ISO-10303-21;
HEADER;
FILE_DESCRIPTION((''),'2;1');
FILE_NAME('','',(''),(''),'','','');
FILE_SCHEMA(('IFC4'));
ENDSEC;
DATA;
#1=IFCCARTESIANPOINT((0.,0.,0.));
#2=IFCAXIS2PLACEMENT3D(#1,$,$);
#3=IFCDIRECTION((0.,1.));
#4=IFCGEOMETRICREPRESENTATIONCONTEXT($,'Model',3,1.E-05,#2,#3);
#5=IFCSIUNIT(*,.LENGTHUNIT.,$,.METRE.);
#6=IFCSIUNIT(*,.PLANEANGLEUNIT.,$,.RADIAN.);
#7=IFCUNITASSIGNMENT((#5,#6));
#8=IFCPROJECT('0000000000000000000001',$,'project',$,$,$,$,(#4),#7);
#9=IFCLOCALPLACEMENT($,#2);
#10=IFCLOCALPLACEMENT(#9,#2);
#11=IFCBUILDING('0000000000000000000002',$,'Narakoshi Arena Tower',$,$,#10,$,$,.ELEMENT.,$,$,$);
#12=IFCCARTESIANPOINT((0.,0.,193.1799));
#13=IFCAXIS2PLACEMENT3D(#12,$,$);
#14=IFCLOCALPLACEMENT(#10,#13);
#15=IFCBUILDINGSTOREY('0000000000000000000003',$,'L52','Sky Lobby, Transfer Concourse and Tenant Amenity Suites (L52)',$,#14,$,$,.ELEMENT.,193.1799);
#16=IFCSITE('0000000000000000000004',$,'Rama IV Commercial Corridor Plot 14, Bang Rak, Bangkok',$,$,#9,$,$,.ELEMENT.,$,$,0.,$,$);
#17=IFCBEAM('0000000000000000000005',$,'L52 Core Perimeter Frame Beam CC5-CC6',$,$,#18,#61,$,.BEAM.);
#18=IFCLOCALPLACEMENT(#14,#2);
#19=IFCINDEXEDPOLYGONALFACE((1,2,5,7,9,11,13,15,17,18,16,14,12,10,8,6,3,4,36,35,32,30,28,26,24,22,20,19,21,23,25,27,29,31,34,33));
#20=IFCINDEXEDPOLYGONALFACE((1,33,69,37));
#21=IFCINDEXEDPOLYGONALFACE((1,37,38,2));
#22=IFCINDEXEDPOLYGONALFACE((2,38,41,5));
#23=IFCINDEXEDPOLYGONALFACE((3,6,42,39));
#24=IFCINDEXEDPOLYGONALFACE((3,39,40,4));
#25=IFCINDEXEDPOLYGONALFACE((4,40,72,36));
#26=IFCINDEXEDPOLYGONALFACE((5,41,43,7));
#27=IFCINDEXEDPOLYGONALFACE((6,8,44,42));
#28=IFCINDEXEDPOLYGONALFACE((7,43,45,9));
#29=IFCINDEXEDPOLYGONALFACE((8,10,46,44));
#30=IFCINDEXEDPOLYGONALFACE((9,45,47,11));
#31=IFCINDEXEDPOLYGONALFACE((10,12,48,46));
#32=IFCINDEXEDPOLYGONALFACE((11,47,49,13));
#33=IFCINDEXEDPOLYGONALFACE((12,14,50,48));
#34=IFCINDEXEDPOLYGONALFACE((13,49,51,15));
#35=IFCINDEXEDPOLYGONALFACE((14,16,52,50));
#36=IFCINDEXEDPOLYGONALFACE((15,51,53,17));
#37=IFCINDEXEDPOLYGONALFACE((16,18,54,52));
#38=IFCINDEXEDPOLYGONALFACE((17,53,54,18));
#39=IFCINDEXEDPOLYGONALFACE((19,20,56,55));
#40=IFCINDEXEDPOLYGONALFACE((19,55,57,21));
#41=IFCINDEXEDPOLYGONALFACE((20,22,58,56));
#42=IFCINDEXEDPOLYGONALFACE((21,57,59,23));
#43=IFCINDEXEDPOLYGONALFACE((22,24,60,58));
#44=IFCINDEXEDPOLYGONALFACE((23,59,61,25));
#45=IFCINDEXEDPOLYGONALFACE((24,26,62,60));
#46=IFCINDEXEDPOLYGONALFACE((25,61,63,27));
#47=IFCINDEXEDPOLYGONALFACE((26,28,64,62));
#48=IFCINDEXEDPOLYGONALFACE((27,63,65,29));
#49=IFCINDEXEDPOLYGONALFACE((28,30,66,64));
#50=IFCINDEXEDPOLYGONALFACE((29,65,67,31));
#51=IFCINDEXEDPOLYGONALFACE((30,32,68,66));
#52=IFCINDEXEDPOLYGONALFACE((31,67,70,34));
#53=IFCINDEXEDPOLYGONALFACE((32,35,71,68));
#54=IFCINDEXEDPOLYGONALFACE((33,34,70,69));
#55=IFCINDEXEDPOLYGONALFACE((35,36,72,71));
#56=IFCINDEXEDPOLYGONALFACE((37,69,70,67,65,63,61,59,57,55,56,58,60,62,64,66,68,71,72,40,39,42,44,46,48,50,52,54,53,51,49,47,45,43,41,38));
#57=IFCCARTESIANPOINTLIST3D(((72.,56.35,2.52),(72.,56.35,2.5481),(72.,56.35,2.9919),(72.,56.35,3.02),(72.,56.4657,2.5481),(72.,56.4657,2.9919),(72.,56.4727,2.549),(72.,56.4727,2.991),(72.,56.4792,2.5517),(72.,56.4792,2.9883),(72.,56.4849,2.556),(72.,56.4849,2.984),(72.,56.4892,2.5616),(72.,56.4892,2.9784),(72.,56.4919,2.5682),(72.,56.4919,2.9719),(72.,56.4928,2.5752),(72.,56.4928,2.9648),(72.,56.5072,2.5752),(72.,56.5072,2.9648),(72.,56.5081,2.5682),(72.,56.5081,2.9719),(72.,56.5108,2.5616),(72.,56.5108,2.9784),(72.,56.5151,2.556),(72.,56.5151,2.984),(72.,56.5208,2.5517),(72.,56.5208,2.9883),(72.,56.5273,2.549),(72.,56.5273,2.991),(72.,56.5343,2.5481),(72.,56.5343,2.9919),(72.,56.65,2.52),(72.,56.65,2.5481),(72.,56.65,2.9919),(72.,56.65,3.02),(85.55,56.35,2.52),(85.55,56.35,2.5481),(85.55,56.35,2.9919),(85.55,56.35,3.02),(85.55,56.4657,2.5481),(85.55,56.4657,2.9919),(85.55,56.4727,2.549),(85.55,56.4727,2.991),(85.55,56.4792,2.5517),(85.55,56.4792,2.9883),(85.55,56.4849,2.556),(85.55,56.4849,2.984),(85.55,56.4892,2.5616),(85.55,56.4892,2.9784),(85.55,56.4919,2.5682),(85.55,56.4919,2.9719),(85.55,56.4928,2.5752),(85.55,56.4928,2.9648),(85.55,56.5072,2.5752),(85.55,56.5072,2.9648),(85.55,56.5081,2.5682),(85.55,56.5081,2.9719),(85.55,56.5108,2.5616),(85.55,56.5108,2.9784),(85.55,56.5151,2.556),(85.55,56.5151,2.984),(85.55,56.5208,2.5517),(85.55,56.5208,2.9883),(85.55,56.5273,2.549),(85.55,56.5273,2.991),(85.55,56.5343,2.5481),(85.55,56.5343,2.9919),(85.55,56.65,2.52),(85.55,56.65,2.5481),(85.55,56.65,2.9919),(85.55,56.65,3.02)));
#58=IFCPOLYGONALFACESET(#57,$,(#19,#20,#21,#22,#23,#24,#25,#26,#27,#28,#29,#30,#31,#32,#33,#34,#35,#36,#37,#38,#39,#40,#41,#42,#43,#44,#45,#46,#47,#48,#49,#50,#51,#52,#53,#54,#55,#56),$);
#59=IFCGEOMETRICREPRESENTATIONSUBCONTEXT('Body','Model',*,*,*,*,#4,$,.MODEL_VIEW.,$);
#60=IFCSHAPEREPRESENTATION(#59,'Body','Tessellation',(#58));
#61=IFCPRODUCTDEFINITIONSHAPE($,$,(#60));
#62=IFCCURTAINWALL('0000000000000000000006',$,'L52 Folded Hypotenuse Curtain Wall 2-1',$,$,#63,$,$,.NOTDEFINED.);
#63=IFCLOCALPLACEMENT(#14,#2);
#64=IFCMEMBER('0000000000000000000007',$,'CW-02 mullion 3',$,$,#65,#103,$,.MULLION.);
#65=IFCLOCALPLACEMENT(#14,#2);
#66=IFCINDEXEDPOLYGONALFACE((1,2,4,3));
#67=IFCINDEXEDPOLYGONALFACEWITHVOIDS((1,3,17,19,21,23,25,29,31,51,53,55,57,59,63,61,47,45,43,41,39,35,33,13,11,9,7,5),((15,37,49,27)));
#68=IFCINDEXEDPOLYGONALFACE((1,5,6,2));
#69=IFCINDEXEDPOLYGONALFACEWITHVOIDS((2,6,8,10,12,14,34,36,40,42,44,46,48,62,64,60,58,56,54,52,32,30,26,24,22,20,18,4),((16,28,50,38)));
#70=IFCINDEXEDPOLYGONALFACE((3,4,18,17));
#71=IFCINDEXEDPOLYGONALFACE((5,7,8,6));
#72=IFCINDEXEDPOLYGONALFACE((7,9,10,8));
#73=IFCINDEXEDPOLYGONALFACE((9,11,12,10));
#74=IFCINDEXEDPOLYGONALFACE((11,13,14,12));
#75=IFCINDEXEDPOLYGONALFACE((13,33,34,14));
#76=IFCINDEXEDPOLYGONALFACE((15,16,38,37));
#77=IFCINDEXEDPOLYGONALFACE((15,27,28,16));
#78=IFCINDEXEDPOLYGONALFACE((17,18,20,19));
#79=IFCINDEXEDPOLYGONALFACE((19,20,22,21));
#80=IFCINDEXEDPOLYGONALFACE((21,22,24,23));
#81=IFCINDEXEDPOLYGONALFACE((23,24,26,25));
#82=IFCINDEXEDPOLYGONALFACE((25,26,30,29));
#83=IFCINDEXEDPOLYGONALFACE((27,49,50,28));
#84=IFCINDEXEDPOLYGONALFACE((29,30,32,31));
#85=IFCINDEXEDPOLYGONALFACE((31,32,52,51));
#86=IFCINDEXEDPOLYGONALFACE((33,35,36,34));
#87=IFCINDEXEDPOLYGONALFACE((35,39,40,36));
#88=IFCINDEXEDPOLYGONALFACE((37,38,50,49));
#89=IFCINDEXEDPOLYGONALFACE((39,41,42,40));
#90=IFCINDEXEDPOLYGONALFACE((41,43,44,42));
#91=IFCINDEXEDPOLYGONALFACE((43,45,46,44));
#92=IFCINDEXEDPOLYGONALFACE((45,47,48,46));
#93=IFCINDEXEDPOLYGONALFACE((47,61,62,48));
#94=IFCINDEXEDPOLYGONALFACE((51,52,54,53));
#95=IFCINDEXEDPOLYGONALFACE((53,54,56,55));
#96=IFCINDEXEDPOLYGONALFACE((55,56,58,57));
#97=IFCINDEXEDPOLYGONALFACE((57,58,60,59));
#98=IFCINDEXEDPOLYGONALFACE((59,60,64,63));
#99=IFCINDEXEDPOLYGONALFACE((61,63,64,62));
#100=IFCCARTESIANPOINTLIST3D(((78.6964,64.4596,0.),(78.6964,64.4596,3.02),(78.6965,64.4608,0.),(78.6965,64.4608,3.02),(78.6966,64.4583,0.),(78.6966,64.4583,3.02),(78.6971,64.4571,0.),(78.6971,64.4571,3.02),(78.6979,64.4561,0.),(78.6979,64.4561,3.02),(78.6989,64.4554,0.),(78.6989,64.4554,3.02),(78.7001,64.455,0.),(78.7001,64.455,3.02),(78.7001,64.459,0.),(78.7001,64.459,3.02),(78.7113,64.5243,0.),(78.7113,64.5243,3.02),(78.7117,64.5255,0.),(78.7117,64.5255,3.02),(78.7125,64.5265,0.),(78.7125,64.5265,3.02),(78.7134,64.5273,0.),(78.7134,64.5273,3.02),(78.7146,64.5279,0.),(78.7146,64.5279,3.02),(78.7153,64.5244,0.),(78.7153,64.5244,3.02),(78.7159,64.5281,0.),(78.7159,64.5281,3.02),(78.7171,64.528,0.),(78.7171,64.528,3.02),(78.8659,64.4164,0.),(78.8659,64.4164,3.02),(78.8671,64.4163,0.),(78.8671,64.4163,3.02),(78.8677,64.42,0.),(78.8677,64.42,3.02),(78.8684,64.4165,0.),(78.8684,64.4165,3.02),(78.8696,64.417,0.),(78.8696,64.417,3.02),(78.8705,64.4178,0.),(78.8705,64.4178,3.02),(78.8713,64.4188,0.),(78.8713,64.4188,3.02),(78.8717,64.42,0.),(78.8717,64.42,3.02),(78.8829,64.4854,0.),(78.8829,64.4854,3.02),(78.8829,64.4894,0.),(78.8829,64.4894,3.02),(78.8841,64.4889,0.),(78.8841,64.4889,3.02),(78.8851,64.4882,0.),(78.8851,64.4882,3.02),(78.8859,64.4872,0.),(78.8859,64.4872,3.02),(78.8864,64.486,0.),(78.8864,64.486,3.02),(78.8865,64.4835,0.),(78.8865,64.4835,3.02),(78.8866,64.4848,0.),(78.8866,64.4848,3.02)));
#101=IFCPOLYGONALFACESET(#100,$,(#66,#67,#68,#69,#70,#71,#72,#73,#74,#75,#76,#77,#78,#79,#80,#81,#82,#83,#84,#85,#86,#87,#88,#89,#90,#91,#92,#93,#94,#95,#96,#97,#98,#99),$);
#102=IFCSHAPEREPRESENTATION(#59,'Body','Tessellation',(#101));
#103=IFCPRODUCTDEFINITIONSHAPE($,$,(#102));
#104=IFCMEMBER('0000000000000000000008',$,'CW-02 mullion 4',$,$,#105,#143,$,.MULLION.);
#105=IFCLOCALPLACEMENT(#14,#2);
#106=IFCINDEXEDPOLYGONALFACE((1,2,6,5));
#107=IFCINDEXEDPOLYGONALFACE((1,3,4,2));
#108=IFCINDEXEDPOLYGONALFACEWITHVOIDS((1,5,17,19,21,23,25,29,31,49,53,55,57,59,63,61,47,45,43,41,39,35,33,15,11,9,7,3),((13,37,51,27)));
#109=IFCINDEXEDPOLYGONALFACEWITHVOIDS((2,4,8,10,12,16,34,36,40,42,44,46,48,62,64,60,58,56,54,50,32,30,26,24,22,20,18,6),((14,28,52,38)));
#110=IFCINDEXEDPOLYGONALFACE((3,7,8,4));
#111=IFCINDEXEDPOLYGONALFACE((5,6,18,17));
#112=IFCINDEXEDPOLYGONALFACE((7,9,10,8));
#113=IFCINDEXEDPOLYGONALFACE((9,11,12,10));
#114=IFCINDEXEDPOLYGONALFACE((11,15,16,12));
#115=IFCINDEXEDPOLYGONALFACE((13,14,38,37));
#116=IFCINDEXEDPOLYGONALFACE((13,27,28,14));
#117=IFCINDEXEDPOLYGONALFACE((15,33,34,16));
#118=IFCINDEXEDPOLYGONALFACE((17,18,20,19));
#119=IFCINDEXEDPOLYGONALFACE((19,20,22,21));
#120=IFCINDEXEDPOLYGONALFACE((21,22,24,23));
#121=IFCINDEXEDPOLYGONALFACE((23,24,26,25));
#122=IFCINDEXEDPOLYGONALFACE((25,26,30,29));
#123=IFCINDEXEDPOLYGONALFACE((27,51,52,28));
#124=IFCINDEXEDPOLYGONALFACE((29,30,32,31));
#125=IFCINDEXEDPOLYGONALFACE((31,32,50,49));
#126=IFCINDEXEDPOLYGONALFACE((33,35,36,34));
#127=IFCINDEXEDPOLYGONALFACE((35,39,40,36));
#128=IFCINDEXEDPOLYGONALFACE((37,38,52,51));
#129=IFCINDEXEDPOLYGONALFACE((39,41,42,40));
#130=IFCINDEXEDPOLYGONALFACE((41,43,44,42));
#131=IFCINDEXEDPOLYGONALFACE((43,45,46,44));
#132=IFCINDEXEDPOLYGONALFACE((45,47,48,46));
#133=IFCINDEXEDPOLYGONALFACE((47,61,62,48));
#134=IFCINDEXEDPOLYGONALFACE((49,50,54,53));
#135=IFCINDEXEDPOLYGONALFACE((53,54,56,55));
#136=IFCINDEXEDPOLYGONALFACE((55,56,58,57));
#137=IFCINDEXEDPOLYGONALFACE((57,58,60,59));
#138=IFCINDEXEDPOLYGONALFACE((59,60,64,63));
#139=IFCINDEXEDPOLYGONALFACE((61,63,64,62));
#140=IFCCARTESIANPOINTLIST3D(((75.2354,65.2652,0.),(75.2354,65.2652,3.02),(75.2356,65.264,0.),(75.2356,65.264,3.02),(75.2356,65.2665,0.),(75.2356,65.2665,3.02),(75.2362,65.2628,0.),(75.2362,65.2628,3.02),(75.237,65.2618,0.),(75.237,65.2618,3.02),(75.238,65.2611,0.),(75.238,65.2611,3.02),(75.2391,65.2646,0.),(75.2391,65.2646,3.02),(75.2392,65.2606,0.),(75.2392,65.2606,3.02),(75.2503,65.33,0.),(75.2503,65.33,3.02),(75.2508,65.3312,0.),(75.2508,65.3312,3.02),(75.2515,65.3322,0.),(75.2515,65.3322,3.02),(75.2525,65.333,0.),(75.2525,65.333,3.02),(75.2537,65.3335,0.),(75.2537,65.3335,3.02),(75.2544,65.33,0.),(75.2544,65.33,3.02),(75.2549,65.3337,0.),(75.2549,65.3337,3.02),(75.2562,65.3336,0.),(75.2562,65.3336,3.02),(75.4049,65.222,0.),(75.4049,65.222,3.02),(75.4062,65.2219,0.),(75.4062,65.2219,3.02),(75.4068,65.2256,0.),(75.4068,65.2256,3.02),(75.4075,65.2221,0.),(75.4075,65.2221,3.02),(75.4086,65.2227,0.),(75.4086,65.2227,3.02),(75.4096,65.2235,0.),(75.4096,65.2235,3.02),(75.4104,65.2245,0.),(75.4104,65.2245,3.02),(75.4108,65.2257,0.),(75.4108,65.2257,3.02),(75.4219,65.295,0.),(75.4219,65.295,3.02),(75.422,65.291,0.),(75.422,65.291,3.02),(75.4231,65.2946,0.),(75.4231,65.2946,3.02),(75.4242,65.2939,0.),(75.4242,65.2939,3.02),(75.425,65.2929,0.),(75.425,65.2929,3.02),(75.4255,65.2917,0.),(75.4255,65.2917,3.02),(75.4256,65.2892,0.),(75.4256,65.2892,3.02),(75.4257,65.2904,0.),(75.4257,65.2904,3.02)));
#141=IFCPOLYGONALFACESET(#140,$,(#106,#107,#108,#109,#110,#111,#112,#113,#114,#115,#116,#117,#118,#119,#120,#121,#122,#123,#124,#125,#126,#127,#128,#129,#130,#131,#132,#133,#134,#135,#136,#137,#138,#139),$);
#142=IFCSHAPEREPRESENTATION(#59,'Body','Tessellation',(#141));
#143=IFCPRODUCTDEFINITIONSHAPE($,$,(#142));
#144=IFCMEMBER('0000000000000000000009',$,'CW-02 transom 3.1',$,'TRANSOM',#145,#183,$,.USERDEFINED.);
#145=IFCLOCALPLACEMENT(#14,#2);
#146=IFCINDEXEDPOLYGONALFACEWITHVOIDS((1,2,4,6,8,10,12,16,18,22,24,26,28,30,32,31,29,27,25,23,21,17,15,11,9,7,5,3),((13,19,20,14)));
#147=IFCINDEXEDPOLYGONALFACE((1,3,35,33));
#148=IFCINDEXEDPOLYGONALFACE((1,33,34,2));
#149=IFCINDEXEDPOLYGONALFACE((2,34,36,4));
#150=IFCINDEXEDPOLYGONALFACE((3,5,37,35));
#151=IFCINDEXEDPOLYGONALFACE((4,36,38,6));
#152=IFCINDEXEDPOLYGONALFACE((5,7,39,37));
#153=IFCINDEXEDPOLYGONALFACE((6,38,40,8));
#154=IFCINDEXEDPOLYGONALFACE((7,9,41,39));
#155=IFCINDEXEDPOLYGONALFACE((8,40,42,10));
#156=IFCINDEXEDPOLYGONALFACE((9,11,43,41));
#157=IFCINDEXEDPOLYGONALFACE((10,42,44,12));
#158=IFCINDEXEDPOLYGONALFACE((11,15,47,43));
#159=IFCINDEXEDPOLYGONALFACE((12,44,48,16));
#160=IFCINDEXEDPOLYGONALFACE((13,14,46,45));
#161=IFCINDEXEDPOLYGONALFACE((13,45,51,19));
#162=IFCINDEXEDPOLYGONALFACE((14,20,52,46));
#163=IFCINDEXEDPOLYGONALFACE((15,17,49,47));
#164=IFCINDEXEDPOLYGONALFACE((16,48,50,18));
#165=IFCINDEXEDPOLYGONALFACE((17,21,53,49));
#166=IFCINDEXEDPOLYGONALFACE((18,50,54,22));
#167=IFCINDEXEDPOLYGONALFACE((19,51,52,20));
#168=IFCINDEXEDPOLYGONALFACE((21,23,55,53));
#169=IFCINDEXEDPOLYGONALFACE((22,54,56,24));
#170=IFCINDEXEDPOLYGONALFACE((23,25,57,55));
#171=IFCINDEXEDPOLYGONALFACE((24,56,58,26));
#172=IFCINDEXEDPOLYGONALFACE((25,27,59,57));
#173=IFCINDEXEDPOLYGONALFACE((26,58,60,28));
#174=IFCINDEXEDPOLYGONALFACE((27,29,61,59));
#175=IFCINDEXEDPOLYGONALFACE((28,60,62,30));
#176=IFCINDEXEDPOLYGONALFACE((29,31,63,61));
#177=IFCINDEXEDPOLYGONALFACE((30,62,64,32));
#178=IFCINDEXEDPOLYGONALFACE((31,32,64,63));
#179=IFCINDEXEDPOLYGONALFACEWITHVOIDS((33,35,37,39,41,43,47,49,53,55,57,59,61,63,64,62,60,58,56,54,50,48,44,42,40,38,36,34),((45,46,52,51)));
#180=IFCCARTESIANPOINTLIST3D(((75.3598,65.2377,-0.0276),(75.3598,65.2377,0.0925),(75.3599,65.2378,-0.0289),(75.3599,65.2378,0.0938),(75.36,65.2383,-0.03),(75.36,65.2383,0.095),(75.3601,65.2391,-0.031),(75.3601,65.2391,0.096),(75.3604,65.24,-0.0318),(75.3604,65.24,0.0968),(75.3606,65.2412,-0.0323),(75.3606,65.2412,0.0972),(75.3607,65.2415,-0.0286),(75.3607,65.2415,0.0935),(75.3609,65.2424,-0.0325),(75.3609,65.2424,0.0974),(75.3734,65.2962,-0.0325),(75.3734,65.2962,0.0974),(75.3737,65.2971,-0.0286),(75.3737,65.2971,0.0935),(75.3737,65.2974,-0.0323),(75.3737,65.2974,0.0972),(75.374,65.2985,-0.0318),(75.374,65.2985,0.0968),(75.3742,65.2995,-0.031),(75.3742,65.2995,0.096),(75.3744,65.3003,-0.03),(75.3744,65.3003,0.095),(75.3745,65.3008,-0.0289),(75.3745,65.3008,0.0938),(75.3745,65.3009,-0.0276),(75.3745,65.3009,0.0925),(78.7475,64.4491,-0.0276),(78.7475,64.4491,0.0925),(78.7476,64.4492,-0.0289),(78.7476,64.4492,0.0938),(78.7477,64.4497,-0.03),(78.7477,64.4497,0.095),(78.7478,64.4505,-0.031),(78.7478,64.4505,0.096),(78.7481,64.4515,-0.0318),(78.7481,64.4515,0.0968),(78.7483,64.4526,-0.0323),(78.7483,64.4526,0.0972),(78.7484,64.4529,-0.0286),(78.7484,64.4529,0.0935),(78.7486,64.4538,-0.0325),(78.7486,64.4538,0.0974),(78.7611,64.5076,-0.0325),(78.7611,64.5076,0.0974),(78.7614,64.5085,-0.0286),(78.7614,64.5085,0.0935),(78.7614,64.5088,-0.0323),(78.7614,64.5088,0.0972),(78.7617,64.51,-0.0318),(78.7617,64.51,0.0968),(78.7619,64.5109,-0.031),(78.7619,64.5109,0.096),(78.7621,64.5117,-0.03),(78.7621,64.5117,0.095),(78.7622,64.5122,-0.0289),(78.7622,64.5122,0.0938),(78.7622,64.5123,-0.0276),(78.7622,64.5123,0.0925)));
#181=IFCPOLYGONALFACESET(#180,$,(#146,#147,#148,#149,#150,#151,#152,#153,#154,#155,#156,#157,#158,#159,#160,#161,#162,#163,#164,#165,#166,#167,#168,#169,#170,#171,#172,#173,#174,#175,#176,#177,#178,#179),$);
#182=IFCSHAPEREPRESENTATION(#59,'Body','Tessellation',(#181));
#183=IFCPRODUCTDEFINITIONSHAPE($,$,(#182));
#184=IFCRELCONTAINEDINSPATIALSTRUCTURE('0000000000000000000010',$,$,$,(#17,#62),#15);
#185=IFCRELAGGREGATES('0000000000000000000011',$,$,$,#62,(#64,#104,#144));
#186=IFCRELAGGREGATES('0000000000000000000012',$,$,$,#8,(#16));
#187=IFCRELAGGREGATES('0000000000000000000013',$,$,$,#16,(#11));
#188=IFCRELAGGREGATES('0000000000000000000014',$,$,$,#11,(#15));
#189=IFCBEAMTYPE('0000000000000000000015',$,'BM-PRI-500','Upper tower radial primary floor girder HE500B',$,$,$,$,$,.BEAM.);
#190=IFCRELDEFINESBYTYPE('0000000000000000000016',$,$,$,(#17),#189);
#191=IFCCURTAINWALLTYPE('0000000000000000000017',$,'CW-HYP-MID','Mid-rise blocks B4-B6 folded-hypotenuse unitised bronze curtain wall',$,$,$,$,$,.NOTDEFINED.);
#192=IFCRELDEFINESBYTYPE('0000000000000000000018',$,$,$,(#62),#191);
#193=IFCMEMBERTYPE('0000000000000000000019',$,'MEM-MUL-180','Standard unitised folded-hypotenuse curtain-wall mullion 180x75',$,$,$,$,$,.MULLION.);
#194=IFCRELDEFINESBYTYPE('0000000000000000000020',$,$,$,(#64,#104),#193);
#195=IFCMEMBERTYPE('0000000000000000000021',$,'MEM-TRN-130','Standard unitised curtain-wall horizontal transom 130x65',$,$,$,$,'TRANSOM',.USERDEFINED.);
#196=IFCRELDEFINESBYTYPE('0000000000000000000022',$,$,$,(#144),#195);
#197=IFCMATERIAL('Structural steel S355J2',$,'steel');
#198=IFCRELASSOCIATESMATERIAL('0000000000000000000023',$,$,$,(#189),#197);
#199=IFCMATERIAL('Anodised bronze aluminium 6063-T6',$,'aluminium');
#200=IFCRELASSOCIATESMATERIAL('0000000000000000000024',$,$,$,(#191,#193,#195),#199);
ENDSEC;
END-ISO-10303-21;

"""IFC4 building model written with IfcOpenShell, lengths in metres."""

from ifc_helpers import new_model, si_unit, direction, frame, origin, origin_2d, place, context, subcontext, project, spatial, hollow_rectangle, i_section, extrude, material, material_profile, profile_set, type_object, element, aggregate, save


model = new_model("IFC4")

# Units and contexts
model_context = context("Model", 3, precision=1e-05, world=origin(), true_north=direction((0.0, 1.0)))
body_context = subcontext(model_context, "Body", "Model", "MODEL_VIEW")
ifc_project = project(units=[si_unit("LENGTHUNIT", "METRE"), si_unit("PLANEANGLEUNIT", "RADIAN")], contexts=[model_context])

# Site, building, storey
site_placement = place(None, origin())
site = spatial("IfcSite", under=ifc_project, at=site_placement, Name="Rama IV Commercial Corridor Plot 14, Bang Rak, Bangkok", CompositionType="ELEMENT", RefElevation=0.0)
building_placement = place(site_placement, origin())
building = spatial("IfcBuilding", under=site, at=building_placement, Name="Narakoshi Arena Tower", CompositionType="ELEMENT")
storey_placement = place(building_placement, frame((0.0, 0.0, 193.1799)))
storey = spatial("IfcBuildingStorey", under=building, at=storey_placement, Name="L52", Description="Sky Lobby, Transfer Concourse and Tenant Amenity Suites (L52)", CompositionType="ELEMENT", Elevation=193.1799)

# Beam
ifc_material_1 = material(Name="Structural steel S355J2", Category="steel")
ifc_material_profile_1 = material_profile(ifc_material_1, i_section(OverallWidth=0.3, OverallDepth=0.5, WebThickness=0.0144, FlangeThickness=0.0281, FilletRadius=0.0271, at=origin_2d()), Name="HE500B")
ifc_profile_set_1 = profile_set([ifc_material_profile_1], Name="Structural steel S355J2")
beam_type = type_object("IfcBeamType", Name="BM-PRI-500", Description="Upper tower radial primary floor girder HE500B", PredefinedType="BEAM", material=ifc_profile_set_1)
beam_placement = place(storey_placement, frame((72.0, 56.5, 2.77), z_axis=(1.0, 0.0, 0.0), x_axis=(0.0, 1.0, 0.0)))
element("IfcBeam", 1, at=beam_placement, inside=storey, type_object=beam_type, Name="L52 Core Perimeter Frame Beam CC5-CC6", PredefinedType="BEAM", context=body_context, shape_type="SweptSolid", body=[
    extrude(i_section(OverallWidth=0.3, OverallDepth=0.5, WebThickness=0.0144, FlangeThickness=0.0281, FilletRadius=0.0271, at=origin_2d()), origin(), (0.0, 0.0, 1.0), 13.55),
])

# Curtain wall, members
ifc_material_2 = material(Name="Anodised bronze aluminium 6063-T6", Category="aluminium")
curtain_wall_type = type_object("IfcCurtainWallType", Name="CW-HYP-MID", Description="Mid-rise blocks B4-B6 folded-hypotenuse unitised bronze curtain wall", PredefinedType="NOTDEFINED", material=ifc_material_2)
curtain_wall_placement = place(storey_placement, origin())
curtain_wall = element("IfcCurtainWall", 2, at=curtain_wall_placement, inside=storey, type_object=curtain_wall_type, Name="L52 Folded Hypotenuse Curtain Wall 2-1", PredefinedType="NOTDEFINED")
ifc_material_profile_2 = material_profile(ifc_material_2, hollow_rectangle(XDim=0.075, YDim=0.1799, WallThickness=0.0039, OuterFilletRadius=0.0049, at=origin_2d()), Name="MUL180x75x4")
ifc_profile_set_2 = profile_set([ifc_material_profile_2], Name="Anodised bronze aluminium 6063-T6")
member_type_1 = type_object("IfcMemberType", Name="MEM-MUL-180", Description="Standard unitised folded-hypotenuse curtain-wall mullion 180x75", PredefinedType="MULLION", material=ifc_profile_set_2)
member_1_placement = place(storey_placement, frame((78.7915, 64.4722, 0.0), z_axis=(0.0, 0.0, 1.0), x_axis=(-0.226721, -0.97396, 0.0)))
member_1 = element("IfcMember", 3, at=member_1_placement, type_object=member_type_1, Name="CW-02 mullion 3", PredefinedType="MULLION", context=body_context, shape_type="SweptSolid", body=[
    extrude(hollow_rectangle(XDim=0.075, YDim=0.1799, WallThickness=0.0039, OuterFilletRadius=0.0049, at=origin_2d()), origin(), (0.0, 0.0, 1.0), 3.02),
])
member_2_placement = place(storey_placement, frame((75.3306, 65.2778, 0.0), z_axis=(0.0, 0.0, 1.0), x_axis=(-0.226721, -0.97396, 0.0)))
member_2 = element("IfcMember", 4, at=member_2_placement, type_object=member_type_1, Name="CW-02 mullion 4", PredefinedType="MULLION", context=body_context, shape_type="SweptSolid", body=[
    extrude(hollow_rectangle(XDim=0.075, YDim=0.1799, WallThickness=0.0039, OuterFilletRadius=0.0049, at=origin_2d()), origin(), (0.0, 0.0, 1.0), 3.02),
])
ifc_material_profile_3 = material_profile(ifc_material_2, hollow_rectangle(XDim=0.0649, YDim=0.1299, WallThickness=0.0039, OuterFilletRadius=0.0049, at=origin_2d()), Name="TRN130x65x4")
ifc_profile_set_3 = profile_set([ifc_material_profile_3], Name="Anodised bronze aluminium 6063-T6")
member_type_2 = type_object("IfcMemberType", Name="MEM-TRN-130", Description="Standard unitised curtain-wall horizontal transom 130x65", ElementType="TRANSOM", PredefinedType="USERDEFINED", material=ifc_profile_set_3)
member_3_placement = place(storey_placement, frame((78.7549, 64.4807, 0.0325), z_axis=(-0.973961, 0.226715, 0.0), x_axis=(-0.226715, -0.973961, 0.0)))
member_3 = element("IfcMember", 5, at=member_3_placement, type_object=member_type_2, Name="CW-02 transom 3.1", ObjectType="TRANSOM", PredefinedType="USERDEFINED", context=body_context, shape_type="SweptSolid", body=[
    extrude(hollow_rectangle(XDim=0.0649, YDim=0.1299, WallThickness=0.0039, OuterFilletRadius=0.0049, at=origin_2d()), origin(), (0.0, 0.0, 1.0), 3.4783),
])
aggregate(curtain_wall, [member_1, member_2, member_3])

save(model, "model.ifc")
